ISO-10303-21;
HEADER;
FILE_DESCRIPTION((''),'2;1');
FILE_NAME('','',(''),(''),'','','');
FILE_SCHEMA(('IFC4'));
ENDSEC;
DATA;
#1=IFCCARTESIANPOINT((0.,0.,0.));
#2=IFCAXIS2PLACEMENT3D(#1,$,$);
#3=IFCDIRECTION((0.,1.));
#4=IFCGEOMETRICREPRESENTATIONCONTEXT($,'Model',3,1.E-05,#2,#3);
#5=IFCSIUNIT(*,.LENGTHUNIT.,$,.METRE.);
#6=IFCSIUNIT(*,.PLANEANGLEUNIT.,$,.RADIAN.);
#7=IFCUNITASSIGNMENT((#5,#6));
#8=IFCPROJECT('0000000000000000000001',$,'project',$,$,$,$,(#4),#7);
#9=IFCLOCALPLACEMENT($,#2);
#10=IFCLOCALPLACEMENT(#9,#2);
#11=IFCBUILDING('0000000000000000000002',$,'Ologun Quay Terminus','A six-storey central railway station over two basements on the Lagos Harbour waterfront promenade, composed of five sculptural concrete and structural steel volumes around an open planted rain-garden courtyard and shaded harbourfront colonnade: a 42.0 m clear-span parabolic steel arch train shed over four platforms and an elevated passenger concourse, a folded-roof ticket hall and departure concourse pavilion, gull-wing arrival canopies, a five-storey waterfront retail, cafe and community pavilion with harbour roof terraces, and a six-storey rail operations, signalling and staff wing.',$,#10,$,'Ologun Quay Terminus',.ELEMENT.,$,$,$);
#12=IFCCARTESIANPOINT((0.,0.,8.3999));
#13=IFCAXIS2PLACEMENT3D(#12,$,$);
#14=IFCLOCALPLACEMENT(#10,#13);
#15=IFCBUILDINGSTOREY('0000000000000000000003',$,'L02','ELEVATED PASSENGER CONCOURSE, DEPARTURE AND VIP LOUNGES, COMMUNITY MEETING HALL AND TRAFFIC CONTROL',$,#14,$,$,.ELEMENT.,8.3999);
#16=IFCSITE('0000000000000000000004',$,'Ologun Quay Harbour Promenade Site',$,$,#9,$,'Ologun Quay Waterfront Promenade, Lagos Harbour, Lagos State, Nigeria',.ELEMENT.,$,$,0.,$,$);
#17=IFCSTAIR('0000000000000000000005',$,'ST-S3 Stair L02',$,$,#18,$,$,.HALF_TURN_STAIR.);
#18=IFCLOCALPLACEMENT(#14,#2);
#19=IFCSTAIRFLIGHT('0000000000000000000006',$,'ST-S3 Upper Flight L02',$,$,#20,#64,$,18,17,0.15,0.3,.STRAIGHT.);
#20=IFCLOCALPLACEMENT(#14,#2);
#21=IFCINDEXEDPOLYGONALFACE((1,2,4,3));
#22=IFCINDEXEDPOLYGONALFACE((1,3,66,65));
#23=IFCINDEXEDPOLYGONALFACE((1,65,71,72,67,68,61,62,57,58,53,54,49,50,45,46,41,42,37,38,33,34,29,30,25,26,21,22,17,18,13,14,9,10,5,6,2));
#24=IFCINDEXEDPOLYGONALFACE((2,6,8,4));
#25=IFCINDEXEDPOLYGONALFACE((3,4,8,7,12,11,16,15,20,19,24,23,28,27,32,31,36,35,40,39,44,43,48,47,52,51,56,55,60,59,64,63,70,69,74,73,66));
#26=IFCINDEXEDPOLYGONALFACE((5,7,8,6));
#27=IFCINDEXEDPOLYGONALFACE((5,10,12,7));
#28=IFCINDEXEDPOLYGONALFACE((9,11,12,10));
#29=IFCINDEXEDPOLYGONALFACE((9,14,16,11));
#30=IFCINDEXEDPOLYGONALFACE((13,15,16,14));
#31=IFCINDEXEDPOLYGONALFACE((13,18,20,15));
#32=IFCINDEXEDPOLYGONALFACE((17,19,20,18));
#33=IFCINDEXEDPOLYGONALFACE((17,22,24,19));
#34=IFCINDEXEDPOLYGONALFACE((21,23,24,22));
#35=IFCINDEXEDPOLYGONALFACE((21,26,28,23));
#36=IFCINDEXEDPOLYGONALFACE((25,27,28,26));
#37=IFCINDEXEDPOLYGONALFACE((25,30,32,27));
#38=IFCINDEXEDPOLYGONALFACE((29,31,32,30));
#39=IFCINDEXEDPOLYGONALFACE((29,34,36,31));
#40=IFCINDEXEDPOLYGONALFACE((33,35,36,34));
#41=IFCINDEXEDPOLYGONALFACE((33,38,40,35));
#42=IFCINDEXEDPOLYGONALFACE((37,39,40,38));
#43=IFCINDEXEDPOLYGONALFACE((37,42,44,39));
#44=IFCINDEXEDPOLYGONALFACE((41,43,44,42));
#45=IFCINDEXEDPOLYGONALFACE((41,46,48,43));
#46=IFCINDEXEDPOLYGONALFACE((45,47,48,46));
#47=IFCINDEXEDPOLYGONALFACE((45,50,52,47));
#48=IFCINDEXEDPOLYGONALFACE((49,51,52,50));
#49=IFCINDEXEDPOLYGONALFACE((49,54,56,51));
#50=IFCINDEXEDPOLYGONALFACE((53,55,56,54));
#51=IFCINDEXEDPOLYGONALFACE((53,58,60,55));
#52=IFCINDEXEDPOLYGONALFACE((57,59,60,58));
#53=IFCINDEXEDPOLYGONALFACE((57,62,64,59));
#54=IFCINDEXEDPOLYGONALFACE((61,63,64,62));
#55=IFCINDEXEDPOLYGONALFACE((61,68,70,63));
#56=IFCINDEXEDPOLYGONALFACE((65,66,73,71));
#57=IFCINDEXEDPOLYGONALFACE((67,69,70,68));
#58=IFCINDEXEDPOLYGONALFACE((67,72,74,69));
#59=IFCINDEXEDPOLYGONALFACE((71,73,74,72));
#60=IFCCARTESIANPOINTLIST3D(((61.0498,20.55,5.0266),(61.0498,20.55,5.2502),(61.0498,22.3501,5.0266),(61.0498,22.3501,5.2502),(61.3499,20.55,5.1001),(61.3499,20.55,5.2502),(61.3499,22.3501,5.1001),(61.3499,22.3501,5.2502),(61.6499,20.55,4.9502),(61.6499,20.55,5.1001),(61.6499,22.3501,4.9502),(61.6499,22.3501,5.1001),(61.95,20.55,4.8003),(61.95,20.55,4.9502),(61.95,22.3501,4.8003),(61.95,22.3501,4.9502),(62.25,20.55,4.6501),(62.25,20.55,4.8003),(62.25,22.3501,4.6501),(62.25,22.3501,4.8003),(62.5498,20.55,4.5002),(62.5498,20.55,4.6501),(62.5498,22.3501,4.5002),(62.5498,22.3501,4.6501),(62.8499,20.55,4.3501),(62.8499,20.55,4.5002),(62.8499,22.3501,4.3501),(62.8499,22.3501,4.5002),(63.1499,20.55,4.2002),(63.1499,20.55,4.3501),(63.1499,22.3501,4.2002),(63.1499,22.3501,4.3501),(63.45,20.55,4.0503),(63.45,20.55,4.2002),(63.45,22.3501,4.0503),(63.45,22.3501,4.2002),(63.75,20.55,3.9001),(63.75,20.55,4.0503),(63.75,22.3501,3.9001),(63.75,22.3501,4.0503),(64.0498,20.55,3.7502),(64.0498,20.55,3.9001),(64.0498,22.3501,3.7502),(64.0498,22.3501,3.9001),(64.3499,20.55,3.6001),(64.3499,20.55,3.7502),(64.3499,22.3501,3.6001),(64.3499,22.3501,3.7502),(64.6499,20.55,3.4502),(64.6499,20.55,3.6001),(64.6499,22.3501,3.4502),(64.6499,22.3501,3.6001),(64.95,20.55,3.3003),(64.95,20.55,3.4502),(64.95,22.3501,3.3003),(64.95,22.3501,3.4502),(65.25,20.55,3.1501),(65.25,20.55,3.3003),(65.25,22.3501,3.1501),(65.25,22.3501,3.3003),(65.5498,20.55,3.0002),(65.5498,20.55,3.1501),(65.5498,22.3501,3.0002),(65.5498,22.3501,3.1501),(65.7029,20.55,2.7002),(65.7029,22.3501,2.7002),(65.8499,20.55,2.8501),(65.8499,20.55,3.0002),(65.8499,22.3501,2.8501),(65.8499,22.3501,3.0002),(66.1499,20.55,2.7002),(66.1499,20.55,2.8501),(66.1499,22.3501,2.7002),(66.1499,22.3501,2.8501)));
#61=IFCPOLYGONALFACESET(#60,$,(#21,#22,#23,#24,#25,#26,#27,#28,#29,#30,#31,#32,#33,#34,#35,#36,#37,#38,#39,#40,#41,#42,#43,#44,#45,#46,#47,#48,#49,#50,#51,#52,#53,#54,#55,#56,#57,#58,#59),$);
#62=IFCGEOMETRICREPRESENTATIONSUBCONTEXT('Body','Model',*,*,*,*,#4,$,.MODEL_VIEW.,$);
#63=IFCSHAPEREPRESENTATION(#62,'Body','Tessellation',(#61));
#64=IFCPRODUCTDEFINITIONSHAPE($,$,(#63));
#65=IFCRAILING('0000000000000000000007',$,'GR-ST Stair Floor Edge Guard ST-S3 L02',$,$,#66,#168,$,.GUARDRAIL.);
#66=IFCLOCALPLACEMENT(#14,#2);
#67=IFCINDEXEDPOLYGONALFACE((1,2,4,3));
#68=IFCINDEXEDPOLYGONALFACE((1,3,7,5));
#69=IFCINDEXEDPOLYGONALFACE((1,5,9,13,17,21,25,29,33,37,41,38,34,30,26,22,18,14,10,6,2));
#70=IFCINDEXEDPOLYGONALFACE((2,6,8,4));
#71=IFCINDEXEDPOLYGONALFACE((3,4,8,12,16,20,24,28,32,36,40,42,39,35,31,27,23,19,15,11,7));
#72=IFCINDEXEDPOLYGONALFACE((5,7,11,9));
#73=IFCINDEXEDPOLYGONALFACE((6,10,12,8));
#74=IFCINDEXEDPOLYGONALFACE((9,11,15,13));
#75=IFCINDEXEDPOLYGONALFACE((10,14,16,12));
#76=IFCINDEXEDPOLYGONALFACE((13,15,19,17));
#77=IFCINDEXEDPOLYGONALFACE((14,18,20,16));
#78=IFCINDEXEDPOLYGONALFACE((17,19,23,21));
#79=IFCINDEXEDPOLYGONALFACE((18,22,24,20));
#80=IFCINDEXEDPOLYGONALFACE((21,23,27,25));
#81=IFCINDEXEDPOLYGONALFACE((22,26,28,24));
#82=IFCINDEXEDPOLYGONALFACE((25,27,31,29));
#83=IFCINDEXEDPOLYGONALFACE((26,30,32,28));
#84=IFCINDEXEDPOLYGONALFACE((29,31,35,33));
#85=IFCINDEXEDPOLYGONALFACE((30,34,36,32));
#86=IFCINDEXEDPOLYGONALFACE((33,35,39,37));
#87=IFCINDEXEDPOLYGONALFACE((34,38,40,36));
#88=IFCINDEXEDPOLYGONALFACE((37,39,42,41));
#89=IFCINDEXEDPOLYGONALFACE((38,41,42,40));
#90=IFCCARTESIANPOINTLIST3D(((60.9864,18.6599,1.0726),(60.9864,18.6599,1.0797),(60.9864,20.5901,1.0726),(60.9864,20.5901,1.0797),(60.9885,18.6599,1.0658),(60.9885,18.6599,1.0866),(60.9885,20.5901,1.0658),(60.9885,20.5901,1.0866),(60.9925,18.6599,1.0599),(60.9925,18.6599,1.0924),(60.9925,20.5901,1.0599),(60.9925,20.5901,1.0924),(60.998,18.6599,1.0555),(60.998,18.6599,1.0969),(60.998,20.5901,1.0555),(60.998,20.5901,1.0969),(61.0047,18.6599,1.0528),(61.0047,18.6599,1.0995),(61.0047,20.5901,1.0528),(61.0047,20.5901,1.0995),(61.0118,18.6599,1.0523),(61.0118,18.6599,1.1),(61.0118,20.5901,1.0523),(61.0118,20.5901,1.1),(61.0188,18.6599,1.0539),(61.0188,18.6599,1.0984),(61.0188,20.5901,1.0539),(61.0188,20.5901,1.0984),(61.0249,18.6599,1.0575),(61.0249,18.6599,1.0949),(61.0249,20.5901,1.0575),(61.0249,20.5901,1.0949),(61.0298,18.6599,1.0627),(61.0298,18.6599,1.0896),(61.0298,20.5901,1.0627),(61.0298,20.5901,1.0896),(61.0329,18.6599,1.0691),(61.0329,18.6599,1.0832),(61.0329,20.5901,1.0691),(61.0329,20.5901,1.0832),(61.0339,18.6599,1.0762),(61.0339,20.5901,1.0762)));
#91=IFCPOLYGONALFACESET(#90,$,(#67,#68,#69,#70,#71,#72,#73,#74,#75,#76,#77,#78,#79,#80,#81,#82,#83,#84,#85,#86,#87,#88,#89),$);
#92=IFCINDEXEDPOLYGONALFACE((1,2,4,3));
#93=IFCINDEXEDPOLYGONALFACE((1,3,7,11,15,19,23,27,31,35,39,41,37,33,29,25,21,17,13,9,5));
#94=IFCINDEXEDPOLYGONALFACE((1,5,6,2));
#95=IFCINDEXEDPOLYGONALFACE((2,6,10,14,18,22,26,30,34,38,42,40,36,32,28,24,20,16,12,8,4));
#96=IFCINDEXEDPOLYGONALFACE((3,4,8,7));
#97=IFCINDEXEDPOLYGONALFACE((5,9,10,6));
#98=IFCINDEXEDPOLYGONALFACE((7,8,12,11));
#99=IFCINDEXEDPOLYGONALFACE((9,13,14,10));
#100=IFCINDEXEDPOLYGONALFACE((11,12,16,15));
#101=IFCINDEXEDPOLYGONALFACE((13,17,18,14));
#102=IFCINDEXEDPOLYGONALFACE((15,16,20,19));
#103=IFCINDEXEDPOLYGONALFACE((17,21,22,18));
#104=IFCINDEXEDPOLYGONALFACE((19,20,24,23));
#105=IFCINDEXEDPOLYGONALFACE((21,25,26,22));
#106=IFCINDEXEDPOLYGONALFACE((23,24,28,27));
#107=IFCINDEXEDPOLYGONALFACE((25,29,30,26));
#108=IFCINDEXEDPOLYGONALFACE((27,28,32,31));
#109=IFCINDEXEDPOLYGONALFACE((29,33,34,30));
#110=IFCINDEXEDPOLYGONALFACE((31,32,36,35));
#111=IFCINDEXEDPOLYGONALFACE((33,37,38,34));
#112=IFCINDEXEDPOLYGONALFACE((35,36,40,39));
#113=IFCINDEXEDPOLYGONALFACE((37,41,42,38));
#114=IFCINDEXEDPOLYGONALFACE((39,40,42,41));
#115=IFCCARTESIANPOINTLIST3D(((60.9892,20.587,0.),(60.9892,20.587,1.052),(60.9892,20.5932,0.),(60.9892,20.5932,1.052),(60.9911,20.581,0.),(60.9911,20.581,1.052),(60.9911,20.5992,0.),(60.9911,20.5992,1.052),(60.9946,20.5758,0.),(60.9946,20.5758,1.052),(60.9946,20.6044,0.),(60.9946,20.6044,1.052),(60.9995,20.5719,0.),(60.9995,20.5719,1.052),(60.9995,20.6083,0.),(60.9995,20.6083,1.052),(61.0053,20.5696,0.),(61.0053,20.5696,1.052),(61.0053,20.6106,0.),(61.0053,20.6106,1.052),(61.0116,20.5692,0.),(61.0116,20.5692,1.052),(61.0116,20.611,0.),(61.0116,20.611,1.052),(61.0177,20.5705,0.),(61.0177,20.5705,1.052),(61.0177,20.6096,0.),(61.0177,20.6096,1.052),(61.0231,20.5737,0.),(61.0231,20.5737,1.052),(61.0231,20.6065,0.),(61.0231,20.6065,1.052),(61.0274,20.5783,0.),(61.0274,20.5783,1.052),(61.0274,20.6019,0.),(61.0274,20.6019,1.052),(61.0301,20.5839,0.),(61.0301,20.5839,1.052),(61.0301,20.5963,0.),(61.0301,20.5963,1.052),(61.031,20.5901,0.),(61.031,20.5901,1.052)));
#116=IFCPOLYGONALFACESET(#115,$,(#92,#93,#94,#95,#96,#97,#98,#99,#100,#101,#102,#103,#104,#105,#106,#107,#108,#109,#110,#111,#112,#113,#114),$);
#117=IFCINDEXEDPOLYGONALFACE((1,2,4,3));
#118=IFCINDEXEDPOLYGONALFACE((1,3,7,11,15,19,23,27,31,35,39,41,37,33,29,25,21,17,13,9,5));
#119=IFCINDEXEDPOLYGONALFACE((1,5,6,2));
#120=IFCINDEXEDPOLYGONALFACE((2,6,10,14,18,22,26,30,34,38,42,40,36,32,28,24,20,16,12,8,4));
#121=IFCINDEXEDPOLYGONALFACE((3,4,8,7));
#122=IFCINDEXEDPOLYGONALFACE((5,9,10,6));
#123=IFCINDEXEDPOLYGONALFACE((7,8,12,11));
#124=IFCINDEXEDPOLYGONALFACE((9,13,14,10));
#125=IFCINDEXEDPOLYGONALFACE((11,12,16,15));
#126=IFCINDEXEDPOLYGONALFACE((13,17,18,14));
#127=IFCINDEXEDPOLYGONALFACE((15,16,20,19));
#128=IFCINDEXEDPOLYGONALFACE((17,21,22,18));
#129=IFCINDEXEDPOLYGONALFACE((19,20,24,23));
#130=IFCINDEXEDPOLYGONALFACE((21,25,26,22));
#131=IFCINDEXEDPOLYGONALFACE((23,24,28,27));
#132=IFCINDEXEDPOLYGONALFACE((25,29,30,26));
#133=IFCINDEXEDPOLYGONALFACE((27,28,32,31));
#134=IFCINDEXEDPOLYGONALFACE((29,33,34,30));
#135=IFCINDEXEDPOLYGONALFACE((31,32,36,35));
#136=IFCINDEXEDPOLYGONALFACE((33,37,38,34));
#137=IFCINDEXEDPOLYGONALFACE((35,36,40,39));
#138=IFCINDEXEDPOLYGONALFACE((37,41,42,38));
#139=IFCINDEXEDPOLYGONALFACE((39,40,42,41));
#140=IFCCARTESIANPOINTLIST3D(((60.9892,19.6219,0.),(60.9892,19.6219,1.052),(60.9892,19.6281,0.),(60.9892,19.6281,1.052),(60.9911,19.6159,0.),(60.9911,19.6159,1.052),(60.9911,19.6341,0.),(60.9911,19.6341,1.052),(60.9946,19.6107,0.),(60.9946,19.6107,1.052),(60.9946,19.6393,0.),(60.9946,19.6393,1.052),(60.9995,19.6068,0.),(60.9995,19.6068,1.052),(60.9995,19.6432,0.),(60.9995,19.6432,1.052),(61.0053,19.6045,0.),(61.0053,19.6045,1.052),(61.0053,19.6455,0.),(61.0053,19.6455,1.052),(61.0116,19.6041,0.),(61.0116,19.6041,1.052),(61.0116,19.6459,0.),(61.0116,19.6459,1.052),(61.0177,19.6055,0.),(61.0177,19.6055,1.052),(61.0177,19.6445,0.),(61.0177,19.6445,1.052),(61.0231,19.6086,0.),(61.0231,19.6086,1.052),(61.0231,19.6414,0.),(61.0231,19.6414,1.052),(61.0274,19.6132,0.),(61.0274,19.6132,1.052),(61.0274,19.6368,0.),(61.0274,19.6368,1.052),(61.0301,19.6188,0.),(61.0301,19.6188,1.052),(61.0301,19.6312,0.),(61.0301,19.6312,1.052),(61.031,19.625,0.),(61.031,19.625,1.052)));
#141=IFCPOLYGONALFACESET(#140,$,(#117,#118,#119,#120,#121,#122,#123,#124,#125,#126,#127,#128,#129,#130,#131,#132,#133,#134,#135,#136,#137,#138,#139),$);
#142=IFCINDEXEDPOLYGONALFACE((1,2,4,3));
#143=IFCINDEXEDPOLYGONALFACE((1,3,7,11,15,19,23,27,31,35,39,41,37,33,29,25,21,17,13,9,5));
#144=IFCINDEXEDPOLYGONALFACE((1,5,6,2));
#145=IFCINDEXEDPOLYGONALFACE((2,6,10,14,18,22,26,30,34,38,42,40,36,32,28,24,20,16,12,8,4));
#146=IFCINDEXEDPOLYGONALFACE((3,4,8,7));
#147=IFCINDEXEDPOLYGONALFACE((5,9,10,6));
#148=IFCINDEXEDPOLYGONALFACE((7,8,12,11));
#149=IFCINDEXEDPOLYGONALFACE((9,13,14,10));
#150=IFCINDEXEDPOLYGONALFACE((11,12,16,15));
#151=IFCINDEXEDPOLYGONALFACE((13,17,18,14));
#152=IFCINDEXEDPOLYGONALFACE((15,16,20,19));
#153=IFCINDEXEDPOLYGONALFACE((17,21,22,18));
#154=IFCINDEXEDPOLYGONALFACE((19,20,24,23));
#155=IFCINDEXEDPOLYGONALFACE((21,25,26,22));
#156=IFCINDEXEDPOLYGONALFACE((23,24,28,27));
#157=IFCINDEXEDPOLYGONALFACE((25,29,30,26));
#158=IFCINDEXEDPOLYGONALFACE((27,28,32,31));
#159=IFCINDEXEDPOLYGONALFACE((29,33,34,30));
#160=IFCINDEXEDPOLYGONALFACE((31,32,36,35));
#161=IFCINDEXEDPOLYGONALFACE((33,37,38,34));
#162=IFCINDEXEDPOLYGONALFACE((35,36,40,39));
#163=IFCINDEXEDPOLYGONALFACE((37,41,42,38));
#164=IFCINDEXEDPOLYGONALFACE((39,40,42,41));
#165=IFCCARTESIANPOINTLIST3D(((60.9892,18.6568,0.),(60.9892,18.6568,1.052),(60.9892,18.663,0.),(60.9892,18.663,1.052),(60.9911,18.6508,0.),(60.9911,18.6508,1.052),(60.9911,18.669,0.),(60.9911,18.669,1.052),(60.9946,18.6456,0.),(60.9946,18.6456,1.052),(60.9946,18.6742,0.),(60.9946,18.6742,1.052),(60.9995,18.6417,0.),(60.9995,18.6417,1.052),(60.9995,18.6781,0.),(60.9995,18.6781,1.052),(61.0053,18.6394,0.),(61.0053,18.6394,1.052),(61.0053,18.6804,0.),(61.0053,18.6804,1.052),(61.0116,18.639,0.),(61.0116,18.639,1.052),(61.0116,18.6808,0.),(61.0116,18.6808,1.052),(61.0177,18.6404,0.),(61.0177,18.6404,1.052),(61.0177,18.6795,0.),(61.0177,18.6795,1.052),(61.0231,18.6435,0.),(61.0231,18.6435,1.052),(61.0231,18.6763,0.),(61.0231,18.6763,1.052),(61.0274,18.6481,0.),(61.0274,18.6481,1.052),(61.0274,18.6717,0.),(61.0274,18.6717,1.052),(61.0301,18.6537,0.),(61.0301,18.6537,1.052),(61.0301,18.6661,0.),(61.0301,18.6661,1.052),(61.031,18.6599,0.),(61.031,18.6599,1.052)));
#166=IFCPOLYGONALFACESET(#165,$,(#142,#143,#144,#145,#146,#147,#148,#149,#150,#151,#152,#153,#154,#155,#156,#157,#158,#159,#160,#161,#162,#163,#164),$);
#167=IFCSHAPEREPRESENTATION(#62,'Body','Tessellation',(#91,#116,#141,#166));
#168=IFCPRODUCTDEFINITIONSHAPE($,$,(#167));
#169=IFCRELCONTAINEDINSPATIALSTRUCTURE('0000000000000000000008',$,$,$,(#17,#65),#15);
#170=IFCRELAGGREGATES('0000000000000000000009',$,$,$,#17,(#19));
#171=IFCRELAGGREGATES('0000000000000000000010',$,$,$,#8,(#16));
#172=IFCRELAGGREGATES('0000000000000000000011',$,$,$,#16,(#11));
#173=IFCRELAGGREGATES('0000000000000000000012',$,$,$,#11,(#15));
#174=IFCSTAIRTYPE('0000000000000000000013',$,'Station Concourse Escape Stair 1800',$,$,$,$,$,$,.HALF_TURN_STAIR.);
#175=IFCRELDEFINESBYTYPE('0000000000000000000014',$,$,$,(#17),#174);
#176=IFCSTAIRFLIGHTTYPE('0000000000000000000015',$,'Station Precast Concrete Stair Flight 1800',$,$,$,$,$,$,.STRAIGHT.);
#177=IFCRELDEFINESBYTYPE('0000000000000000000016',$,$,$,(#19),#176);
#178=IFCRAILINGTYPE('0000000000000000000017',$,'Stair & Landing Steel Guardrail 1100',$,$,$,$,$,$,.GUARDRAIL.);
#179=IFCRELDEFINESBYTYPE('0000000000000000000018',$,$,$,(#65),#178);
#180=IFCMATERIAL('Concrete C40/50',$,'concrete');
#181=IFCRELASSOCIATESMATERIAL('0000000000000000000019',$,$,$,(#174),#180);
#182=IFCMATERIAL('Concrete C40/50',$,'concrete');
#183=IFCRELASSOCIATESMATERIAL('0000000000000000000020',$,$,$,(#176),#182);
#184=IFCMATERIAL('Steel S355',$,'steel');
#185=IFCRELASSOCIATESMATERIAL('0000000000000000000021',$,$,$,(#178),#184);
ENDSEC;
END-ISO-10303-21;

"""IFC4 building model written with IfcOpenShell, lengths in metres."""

from ifc_helpers import new_model, si_unit, direction, frame, origin, origin_2d, place, context, subcontext, project, spatial, polyline, circle, outline, extrude, material, type_object, element, aggregate, save


model = new_model("IFC4")

# Units and contexts
model_context = context("Model", 3, precision=1e-05, world=origin(), true_north=direction((0.0, 1.0)))
body_context = subcontext(model_context, "Body", "Model", "MODEL_VIEW")
ifc_project = project(units=[si_unit("LENGTHUNIT", "METRE"), si_unit("PLANEANGLEUNIT", "RADIAN")], contexts=[model_context])

# Site, building, storey
site_placement = place(None, origin())
site = spatial("IfcSite", under=ifc_project, at=site_placement, Name="Ologun Quay Harbour Promenade Site", LongName="Ologun Quay Waterfront Promenade, Lagos Harbour, Lagos State, Nigeria", CompositionType="ELEMENT", RefElevation=0.0)
building_placement = place(site_placement, origin())
building = spatial("IfcBuilding", under=site, at=building_placement, Name="Ologun Quay Terminus", Description="A six-storey central railway station over two basements on the Lagos Harbour waterfront promenade, composed of five sculptural concrete and structural steel volumes around an open planted rain-garden courtyard and shaded harbourfront colonnade: a 42.0 m clear-span parabolic steel arch train shed over four platforms and an elevated passenger concourse, a folded-roof ticket hall and departure concourse pavilion, gull-wing arrival canopies, a five-storey waterfront retail, cafe and community pavilion with harbour roof terraces, and a six-storey rail operations, signalling and staff wing.", LongName="Ologun Quay Terminus", CompositionType="ELEMENT")
storey_placement = place(building_placement, frame((0.0, 0.0, 8.3999)))
storey = spatial("IfcBuildingStorey", under=building, at=storey_placement, Name="L02", Description="ELEVATED PASSENGER CONCOURSE, DEPARTURE AND VIP LOUNGES, COMMUNITY MEETING HALL AND TRAFFIC CONTROL", CompositionType="ELEMENT", Elevation=8.3999)

# Stair, stair flight
ifc_material_1 = material(Name="Concrete C40/50", Category="concrete")
stair_type = type_object("IfcStairType", Name="Station Concourse Escape Stair 1800", PredefinedType="HALF_TURN_STAIR", material=ifc_material_1)
stair_placement = place(storey_placement, origin())
stair = element("IfcStair", 1, at=stair_placement, inside=storey, type_object=stair_type, Name="ST-S3 Stair L02", PredefinedType="HALF_TURN_STAIR")
ifc_material_2 = material(Name="Concrete C40/50", Category="concrete")
stair_flight_type = type_object("IfcStairFlightType", Name="Station Precast Concrete Stair Flight 1800", PredefinedType="STRAIGHT", material=ifc_material_2)
stair_flight_1_placement = place(storey_placement, frame((66.1499, 21.45, 2.7002), z_axis=(0.0, 0.0, 1.0), x_axis=(-1.0, 0.0, 0.0)))
stair_flight_1 = element("IfcStairFlight", 2, at=stair_flight_1_placement, type_object=stair_flight_type, Name="ST-S3 Upper Flight L02", NumberOfRisers=18, NumberOfTreads=17, PredefinedType="STRAIGHT", RiserHeight=0.15, TreadLength=0.3, context=body_context, shape_type="SweptSolid", body=[
    extrude(outline(polyline([(0.0, 0.0), (0.0, 0.1499), (0.3, 0.1499), (0.3, 0.3), (0.6001, 0.3), (0.6001, 0.45), (0.8999, 0.45), (0.8999, 0.6001), (1.2, 0.6001), (1.2, 0.75), (1.5, 0.75), (1.5, 0.8999), (1.8, 0.8999), (1.8, 1.05), (2.1001, 1.05), (2.1001, 1.2), (2.3999, 1.2), (2.3999, 1.3501), (2.7, 1.3501), (2.7, 1.5), (3.0, 1.5), (3.0, 1.6499), (3.3, 1.6499), (3.3, 1.8), (3.6001, 1.8), (3.6001, 1.95), (3.8999, 1.95), (3.8999, 2.1001), (4.2, 2.1001), (4.2, 2.25), (4.5, 2.25), (4.5, 2.3999), (4.8, 2.3999), (4.8, 2.55), (5.1001, 2.55), (5.1001, 2.7), (5.1001, 2.3264), (0.447, 0.0), (0.0, 0.0)])), frame((0.0, 0.8999, 0.0), z_axis=(0.0, -1.0, 0.0), x_axis=(1.0, 0.0, 0.0)), (0.0, 0.0, 1.0), 1.8),
])
aggregate(stair, [stair_flight_1])

# Railing
ifc_material_3 = material(Name="Steel S355", Category="steel")
railing_type_1 = type_object("IfcRailingType", Name="Stair & Landing Steel Guardrail 1100", PredefinedType="GUARDRAIL", material=ifc_material_3)
railing_1_placement = place(storey_placement, frame((61.01, 20.5901, 0.0)))
element("IfcRailing", 3, at=railing_1_placement, inside=storey, type_object=railing_type_1, Name="GR-ST Stair Floor Edge Guard ST-S3 L02", PredefinedType="GUARDRAIL", context=body_context, shape_type="SweptSolid", body=[
    extrude(circle(Radius=0.0239, at=origin_2d()), frame((0.0, 0.0, 1.0762), z_axis=(0.0, -1.0, 0.0), x_axis=(1.0, 0.0, 0.0)), (0.0, 0.0, 1.0), 1.9302),
    extrude(circle(Radius=0.021, at=origin_2d()), origin(), (0.0, 0.0, 1.0), 1.052),
    extrude(circle(Radius=0.021, at=origin_2d()), frame((0.0, -0.9651, 0.0)), (0.0, 0.0, 1.0), 1.052),
    extrude(circle(Radius=0.021, at=origin_2d()), frame((0.0, -1.9302, 0.0)), (0.0, 0.0, 1.0), 1.052),
])

save(model, "model.ifc")
